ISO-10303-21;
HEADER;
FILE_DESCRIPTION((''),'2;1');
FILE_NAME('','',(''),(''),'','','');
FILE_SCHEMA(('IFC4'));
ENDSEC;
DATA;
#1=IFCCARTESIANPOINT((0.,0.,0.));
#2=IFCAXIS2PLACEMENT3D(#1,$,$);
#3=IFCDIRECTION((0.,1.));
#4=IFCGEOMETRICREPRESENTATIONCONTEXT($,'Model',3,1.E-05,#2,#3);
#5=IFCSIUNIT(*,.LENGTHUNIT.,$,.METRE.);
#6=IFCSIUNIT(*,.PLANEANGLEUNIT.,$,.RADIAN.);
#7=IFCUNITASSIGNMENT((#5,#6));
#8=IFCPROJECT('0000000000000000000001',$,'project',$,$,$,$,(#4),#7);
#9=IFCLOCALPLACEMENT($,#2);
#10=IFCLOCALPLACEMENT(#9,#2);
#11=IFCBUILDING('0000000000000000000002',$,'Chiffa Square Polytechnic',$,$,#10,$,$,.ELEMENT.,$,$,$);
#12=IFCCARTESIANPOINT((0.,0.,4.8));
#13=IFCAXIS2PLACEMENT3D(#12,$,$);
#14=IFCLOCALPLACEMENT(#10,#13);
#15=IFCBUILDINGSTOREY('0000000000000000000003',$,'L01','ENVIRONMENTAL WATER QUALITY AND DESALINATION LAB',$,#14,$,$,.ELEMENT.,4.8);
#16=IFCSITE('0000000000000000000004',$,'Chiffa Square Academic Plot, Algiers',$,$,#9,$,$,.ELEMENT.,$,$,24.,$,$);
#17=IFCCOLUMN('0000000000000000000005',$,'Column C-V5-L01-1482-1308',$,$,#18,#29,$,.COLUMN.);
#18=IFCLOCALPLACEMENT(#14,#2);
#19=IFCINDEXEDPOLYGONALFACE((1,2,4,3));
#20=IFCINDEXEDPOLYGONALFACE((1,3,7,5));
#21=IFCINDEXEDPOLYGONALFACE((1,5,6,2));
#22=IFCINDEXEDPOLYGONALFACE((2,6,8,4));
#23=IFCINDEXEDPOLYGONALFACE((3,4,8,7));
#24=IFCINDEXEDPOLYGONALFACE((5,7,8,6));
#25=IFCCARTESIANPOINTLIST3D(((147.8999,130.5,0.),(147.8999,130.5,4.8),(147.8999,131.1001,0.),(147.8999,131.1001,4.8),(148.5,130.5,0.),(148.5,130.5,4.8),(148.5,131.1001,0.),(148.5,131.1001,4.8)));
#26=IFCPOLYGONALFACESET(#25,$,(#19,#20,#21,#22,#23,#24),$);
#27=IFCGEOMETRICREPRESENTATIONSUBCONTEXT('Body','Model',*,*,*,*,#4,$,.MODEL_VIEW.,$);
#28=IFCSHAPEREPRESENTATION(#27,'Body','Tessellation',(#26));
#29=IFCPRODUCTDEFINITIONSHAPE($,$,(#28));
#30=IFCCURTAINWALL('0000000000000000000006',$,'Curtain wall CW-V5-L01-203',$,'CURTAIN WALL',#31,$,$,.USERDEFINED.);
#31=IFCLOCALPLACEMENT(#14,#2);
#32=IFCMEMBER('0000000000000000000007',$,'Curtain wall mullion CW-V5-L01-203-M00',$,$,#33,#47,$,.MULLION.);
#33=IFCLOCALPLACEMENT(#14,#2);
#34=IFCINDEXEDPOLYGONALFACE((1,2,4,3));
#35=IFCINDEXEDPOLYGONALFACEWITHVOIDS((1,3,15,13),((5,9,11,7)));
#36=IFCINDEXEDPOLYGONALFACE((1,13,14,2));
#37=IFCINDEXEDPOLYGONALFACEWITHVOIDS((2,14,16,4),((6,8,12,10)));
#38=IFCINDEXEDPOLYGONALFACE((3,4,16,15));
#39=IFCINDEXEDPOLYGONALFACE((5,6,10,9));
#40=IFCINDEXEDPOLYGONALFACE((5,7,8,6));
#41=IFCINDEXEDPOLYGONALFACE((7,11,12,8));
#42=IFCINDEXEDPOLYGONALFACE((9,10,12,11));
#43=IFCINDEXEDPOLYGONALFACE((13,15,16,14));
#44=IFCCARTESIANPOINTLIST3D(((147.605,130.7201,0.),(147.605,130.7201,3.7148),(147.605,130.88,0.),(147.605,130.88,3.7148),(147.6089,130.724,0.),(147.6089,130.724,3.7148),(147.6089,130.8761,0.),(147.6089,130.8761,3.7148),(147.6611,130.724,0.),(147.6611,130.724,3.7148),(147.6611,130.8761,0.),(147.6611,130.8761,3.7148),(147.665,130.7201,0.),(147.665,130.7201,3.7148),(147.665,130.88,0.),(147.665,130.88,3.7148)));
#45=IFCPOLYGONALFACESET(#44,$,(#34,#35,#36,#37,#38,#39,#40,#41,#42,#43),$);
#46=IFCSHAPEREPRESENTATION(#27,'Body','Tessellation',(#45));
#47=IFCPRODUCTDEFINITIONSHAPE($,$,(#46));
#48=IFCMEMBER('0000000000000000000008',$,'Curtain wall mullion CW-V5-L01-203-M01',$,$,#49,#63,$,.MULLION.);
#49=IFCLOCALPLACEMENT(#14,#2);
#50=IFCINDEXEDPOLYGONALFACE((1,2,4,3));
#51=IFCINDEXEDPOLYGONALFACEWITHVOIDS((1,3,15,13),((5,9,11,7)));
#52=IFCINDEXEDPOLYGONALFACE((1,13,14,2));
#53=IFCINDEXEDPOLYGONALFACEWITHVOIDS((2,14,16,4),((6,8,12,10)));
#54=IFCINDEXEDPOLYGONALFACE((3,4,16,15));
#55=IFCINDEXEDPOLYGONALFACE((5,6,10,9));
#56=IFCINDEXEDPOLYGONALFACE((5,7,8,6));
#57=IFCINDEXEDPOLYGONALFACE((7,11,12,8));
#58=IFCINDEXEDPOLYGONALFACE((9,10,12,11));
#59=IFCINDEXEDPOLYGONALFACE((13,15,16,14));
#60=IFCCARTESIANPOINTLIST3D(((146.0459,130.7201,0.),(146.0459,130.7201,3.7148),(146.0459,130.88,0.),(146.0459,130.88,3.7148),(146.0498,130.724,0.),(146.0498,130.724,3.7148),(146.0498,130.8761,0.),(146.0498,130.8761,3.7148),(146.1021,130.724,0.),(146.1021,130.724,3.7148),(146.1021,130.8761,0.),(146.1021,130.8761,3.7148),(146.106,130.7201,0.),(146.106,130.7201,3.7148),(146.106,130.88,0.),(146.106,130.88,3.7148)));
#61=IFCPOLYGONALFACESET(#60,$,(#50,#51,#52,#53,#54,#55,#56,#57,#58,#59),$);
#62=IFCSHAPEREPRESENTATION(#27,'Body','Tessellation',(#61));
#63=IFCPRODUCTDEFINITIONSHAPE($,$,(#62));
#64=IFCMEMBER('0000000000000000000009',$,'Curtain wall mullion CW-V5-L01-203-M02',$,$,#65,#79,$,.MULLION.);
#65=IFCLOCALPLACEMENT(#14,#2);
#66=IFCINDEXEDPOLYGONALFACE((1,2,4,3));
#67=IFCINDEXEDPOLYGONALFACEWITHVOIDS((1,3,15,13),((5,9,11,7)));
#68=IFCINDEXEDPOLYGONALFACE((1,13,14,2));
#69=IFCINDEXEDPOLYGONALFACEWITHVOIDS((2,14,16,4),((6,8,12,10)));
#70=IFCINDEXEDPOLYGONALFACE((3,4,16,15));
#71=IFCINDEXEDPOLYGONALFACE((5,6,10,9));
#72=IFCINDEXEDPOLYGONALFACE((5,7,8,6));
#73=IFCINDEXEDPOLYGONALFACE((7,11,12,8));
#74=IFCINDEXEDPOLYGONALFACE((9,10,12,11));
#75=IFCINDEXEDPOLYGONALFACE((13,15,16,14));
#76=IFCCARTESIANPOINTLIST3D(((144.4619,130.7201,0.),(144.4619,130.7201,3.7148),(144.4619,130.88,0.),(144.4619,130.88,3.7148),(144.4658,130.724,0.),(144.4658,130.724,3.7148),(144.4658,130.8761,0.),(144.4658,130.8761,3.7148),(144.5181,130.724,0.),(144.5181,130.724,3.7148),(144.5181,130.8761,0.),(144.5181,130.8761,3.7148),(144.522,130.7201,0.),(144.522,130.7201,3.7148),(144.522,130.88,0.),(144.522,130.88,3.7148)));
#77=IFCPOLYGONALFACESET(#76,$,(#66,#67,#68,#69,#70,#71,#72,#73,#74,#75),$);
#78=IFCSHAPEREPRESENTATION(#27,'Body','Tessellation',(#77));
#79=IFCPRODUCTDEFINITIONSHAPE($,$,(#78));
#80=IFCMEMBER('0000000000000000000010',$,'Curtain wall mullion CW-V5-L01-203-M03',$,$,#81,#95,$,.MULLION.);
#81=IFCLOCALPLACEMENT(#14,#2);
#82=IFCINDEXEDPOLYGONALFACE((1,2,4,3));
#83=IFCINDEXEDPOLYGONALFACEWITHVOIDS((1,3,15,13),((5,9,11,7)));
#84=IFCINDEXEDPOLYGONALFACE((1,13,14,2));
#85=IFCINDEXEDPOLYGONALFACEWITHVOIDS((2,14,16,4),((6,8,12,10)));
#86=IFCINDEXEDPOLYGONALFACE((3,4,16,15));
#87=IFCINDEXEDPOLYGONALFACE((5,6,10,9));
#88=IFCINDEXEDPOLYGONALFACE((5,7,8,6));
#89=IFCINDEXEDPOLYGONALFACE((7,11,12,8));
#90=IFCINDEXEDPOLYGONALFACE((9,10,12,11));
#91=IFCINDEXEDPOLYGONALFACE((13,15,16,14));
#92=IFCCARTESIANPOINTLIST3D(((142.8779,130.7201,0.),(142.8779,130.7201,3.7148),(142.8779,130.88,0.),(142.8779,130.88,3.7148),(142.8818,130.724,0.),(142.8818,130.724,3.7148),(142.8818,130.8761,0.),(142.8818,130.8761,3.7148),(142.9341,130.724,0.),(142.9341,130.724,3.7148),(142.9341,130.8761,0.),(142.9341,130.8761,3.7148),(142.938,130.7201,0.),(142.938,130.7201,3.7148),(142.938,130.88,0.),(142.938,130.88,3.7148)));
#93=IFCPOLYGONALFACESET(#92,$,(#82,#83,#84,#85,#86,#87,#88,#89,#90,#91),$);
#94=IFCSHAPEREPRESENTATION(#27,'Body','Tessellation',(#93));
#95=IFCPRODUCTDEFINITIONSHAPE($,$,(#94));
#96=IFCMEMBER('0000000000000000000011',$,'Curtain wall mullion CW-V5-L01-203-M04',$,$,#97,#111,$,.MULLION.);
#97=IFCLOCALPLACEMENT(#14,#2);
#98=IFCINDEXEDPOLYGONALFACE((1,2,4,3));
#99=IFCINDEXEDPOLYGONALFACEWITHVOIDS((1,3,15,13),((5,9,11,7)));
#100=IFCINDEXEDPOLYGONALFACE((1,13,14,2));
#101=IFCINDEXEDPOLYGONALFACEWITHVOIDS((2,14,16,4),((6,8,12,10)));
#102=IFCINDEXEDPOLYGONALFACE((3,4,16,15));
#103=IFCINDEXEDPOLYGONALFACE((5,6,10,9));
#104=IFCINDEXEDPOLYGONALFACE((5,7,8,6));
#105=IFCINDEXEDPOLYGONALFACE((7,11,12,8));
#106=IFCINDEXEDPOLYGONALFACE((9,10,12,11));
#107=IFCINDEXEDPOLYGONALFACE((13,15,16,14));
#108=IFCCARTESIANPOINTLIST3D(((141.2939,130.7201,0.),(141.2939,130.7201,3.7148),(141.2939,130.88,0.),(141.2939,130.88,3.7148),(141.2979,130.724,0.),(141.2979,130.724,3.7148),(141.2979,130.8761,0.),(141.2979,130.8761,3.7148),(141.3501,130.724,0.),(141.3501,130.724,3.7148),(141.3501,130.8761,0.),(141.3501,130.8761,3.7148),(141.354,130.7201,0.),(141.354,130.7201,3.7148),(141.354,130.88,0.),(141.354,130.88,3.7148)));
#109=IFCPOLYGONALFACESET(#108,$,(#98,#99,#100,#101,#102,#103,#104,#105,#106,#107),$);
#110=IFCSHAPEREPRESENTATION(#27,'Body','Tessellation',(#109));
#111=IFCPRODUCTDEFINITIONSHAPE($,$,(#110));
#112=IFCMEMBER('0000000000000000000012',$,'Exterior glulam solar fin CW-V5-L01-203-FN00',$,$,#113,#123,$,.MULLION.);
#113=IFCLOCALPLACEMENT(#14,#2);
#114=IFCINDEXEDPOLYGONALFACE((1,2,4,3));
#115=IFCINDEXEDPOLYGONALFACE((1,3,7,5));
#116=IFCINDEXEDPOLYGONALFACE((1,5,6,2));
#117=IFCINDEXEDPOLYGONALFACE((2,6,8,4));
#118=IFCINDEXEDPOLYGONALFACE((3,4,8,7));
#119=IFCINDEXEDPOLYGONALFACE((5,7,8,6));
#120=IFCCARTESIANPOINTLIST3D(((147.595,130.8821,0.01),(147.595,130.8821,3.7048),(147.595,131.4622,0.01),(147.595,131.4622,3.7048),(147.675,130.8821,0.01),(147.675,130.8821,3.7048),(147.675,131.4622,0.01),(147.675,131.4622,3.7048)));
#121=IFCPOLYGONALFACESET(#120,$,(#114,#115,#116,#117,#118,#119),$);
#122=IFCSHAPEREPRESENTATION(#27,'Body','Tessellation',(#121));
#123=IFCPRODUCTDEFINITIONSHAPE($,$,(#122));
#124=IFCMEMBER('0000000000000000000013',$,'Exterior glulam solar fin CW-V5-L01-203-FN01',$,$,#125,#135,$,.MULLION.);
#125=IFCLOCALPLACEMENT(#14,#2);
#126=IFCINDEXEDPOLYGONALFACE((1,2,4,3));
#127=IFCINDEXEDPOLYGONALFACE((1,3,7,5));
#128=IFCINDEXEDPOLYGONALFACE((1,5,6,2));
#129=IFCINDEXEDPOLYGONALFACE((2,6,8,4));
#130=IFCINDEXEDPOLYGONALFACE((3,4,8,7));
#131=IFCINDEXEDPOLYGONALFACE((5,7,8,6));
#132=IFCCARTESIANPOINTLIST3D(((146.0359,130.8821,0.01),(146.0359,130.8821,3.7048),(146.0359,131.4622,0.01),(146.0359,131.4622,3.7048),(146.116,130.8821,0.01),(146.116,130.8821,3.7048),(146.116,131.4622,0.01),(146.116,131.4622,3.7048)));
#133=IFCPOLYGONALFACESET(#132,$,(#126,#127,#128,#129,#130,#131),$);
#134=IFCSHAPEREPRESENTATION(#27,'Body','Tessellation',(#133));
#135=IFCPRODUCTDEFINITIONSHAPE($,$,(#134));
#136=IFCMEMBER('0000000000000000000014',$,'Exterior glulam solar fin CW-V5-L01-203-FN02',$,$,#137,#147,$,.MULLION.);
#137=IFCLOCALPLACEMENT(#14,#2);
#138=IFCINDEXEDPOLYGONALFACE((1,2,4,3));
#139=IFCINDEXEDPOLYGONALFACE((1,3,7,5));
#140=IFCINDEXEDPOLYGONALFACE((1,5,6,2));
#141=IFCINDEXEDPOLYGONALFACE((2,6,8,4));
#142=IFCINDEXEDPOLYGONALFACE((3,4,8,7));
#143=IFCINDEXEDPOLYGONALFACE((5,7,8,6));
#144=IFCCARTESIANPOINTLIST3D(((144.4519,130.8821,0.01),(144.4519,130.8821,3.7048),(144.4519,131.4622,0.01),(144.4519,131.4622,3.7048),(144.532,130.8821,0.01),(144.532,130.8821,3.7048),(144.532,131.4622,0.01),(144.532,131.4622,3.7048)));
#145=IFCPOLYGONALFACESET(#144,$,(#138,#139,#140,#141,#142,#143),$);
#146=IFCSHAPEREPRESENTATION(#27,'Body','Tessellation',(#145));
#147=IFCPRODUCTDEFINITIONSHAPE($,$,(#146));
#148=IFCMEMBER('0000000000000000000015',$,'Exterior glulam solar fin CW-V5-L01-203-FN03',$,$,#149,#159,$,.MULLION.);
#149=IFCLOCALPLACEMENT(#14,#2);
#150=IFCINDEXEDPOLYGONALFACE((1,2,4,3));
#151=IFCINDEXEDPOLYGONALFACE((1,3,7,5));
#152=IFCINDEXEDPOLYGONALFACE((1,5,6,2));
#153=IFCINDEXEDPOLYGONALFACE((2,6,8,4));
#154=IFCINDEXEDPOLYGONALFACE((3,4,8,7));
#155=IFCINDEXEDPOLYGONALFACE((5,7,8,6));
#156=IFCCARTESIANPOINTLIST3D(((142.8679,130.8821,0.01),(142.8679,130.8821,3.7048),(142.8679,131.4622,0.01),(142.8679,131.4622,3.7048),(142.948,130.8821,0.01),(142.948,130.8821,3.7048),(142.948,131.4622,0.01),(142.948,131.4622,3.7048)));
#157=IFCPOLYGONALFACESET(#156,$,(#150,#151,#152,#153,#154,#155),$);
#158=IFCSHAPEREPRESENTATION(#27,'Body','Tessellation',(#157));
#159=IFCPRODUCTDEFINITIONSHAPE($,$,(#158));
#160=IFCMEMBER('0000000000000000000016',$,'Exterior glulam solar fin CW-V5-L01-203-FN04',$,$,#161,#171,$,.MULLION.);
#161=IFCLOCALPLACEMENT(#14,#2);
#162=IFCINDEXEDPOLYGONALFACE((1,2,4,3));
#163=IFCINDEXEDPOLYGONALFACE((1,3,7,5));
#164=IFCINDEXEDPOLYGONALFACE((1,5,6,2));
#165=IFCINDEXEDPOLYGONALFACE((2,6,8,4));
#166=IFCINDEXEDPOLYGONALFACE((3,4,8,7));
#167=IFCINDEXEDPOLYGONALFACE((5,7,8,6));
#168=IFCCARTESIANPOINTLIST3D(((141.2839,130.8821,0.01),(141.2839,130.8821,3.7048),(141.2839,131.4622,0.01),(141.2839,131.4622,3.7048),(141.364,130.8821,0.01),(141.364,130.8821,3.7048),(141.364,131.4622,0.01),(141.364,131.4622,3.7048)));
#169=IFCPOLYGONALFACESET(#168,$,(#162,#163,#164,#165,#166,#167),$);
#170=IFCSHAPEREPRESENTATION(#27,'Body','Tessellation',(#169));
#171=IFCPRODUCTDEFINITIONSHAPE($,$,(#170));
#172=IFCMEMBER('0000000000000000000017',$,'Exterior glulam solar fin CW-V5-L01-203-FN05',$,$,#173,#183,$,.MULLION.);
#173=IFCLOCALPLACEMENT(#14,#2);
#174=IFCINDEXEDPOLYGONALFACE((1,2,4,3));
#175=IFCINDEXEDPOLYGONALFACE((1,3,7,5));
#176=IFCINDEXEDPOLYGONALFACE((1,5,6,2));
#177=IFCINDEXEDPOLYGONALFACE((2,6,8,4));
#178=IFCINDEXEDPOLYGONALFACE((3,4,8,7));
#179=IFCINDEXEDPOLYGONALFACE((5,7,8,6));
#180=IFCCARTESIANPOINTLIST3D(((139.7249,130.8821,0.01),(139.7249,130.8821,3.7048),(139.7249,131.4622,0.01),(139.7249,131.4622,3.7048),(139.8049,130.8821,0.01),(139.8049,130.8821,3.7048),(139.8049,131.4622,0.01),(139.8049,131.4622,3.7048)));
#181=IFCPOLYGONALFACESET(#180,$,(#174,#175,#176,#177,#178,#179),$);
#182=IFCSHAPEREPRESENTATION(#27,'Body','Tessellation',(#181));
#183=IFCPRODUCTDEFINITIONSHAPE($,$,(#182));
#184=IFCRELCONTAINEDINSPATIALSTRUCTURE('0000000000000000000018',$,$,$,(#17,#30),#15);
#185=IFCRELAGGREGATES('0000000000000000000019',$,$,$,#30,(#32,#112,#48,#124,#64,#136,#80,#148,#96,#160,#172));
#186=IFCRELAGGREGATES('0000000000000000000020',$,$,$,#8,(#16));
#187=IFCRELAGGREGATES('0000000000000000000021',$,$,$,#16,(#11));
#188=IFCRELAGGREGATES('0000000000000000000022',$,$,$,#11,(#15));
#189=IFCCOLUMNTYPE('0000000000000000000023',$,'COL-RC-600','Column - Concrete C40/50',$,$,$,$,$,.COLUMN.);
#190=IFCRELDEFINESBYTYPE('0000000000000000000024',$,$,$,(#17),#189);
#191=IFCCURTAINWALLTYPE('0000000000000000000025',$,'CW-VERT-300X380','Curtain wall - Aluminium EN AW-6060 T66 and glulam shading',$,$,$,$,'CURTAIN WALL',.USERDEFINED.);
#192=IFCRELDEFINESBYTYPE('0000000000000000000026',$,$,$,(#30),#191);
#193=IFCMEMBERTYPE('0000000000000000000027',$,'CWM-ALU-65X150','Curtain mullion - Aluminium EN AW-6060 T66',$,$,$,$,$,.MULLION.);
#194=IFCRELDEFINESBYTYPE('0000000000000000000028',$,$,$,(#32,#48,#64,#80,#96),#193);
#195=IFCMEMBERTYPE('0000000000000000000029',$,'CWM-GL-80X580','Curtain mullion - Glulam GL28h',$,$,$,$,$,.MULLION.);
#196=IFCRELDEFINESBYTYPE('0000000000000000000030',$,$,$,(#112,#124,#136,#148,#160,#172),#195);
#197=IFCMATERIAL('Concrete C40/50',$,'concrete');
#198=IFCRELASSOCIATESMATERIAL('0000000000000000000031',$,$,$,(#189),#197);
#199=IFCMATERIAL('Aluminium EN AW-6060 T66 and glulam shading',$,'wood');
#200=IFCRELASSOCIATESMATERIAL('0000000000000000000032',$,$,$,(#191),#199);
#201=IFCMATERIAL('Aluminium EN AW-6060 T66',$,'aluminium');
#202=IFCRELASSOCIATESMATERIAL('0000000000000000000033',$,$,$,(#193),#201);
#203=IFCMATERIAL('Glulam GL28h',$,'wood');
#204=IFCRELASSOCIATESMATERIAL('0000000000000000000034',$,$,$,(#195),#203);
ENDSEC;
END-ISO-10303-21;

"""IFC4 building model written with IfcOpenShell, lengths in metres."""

from ifc_helpers import new_model, si_unit, direction, frame, origin, origin_2d, place, context, subcontext, project, spatial, rectangle, hollow_rectangle, extrude, material, material_profile, profile_set, type_object, element, aggregate, save


model = new_model("IFC4")

# Units and contexts
model_context = context("Model", 3, precision=1e-05, world=origin(), true_north=direction((0.0, 1.0)))
body_context = subcontext(model_context, "Body", "Model", "MODEL_VIEW")
ifc_project = project(units=[si_unit("LENGTHUNIT", "METRE"), si_unit("PLANEANGLEUNIT", "RADIAN")], contexts=[model_context])

# Site, building, storey
site_placement = place(None, origin())
site = spatial("IfcSite", under=ifc_project, at=site_placement, Name="Chiffa Square Academic Plot, Algiers", CompositionType="ELEMENT", RefElevation=24.0)
building_placement = place(site_placement, origin())
building = spatial("IfcBuilding", under=site, at=building_placement, Name="Chiffa Square Polytechnic", CompositionType="ELEMENT")
storey_placement = place(building_placement, frame((0.0, 0.0, 4.8)))
storey = spatial("IfcBuildingStorey", under=building, at=storey_placement, Name="L01", Description="ENVIRONMENTAL WATER QUALITY AND DESALINATION LAB", CompositionType="ELEMENT", Elevation=4.8)

# Column
ifc_material_1 = material(Name="Concrete C40/50", Category="concrete")
ifc_material_profile_1 = material_profile(ifc_material_1, rectangle(XDim=0.6001, YDim=0.6001, at=origin_2d()), Name="RC 600x600")
ifc_profile_set_1 = profile_set([ifc_material_profile_1], Name="Concrete C40/50")
column_type = type_object("IfcColumnType", Name="COL-RC-600", Description="Column - Concrete C40/50", PredefinedType="COLUMN", material=ifc_profile_set_1)
column_placement = place(storey_placement, frame((148.2, 130.8, 0.0), z_axis=(0.0, 0.0, 1.0), x_axis=(1.0, 0.0, 0.0)))
element("IfcColumn", 1, at=column_placement, inside=storey, type_object=column_type, Name="Column C-V5-L01-1482-1308", PredefinedType="COLUMN", context=body_context, shape_type="SweptSolid", body=[
    extrude(rectangle(XDim=0.6001, YDim=0.6001, at=origin_2d()), origin(), (0.0, 0.0, 1.0), 4.8),
])

# Curtain wall, members
ifc_material_2 = material(Name="Aluminium EN AW-6060 T66 and glulam shading", Category="wood")
curtain_wall_type = type_object("IfcCurtainWallType", Name="CW-VERT-300X380", Description="Curtain wall - Aluminium EN AW-6060 T66 and glulam shading", ElementType="CURTAIN WALL", PredefinedType="USERDEFINED", material=ifc_material_2)
curtain_wall_placement = place(storey_placement, origin())
curtain_wall = element("IfcCurtainWall", 2, at=curtain_wall_placement, inside=storey, type_object=curtain_wall_type, Name="Curtain wall CW-V5-L01-203", ObjectType="CURTAIN WALL", PredefinedType="USERDEFINED")
ifc_material_3 = material(Name="Aluminium EN AW-6060 T66", Category="aluminium")
ifc_material_profile_2 = material_profile(ifc_material_3, hollow_rectangle(XDim=0.0601, YDim=0.1599, WallThickness=0.0039, at=origin_2d()), Name="ALU 60x160x4")
ifc_profile_set_2 = profile_set([ifc_material_profile_2], Name="Aluminium EN AW-6060 T66")
member_type_1 = type_object("IfcMemberType", Name="CWM-ALU-65X150", Description="Curtain mullion - Aluminium EN AW-6060 T66", PredefinedType="MULLION", material=ifc_profile_set_2)
member_1_placement = place(storey_placement, frame((147.635, 130.8, 0.0), z_axis=(0.0, 0.0, 1.0), x_axis=(1.0, 0.0, 0.0)))
member_1 = element("IfcMember", 3, at=member_1_placement, type_object=member_type_1, Name="Curtain wall mullion CW-V5-L01-203-M00", PredefinedType="MULLION", context=body_context, shape_type="SweptSolid", body=[
    extrude(hollow_rectangle(XDim=0.0601, YDim=0.1599, WallThickness=0.0039, at=origin_2d()), origin(), (0.0, 0.0, 1.0), 3.7148),
])
member_2_placement = place(storey_placement, frame((146.0759, 130.8, 0.0), z_axis=(0.0, 0.0, 1.0), x_axis=(1.0, 0.0, 0.0)))
member_2 = element("IfcMember", 4, at=member_2_placement, type_object=member_type_1, Name="Curtain wall mullion CW-V5-L01-203-M01", PredefinedType="MULLION", context=body_context, shape_type="SweptSolid", body=[
    extrude(hollow_rectangle(XDim=0.0601, YDim=0.1599, WallThickness=0.0039, at=origin_2d()), origin(), (0.0, 0.0, 1.0), 3.7148),
])
member_3_placement = place(storey_placement, frame((144.4919, 130.8, 0.0), z_axis=(0.0, 0.0, 1.0), x_axis=(1.0, 0.0, 0.0)))
member_3 = element("IfcMember", 5, at=member_3_placement, type_object=member_type_1, Name="Curtain wall mullion CW-V5-L01-203-M02", PredefinedType="MULLION", context=body_context, shape_type="SweptSolid", body=[
    extrude(hollow_rectangle(XDim=0.0601, YDim=0.1599, WallThickness=0.0039, at=origin_2d()), origin(), (0.0, 0.0, 1.0), 3.7148),
])
member_4_placement = place(storey_placement, frame((142.908, 130.8, 0.0), z_axis=(0.0, 0.0, 1.0), x_axis=(1.0, 0.0, 0.0)))
member_4 = element("IfcMember", 6, at=member_4_placement, type_object=member_type_1, Name="Curtain wall mullion CW-V5-L01-203-M03", PredefinedType="MULLION", context=body_context, shape_type="SweptSolid", body=[
    extrude(hollow_rectangle(XDim=0.0601, YDim=0.1599, WallThickness=0.0039, at=origin_2d()), origin(), (0.0, 0.0, 1.0), 3.7148),
])
member_5_placement = place(storey_placement, frame((141.324, 130.8, 0.0), z_axis=(0.0, 0.0, 1.0), x_axis=(1.0, 0.0, 0.0)))
member_5 = element("IfcMember", 7, at=member_5_placement, type_object=member_type_1, Name="Curtain wall mullion CW-V5-L01-203-M04", PredefinedType="MULLION", context=body_context, shape_type="SweptSolid", body=[
    extrude(hollow_rectangle(XDim=0.0601, YDim=0.1599, WallThickness=0.0039, at=origin_2d()), origin(), (0.0, 0.0, 1.0), 3.7148),
])
ifc_material_4 = material(Name="Glulam GL28h", Category="wood")
ifc_material_profile_3 = material_profile(ifc_material_4, rectangle(XDim=0.0801, YDim=0.5801, at=origin_2d()), Name="GL28h 80x580")
ifc_profile_set_3 = profile_set([ifc_material_profile_3], Name="Glulam GL28h")
member_type_2 = type_object("IfcMemberType", Name="CWM-GL-80X580", Description="Curtain mullion - Glulam GL28h", PredefinedType="MULLION", material=ifc_profile_set_3)
member_6_placement = place(storey_placement, frame((147.635, 131.1721, 0.01), z_axis=(0.0, 0.0, 1.0), x_axis=(-1.0, 0.0, 0.0)))
member_6 = element("IfcMember", 8, at=member_6_placement, type_object=member_type_2, Name="Exterior glulam solar fin CW-V5-L01-203-FN00", PredefinedType="MULLION", context=body_context, shape_type="SweptSolid", body=[
    extrude(rectangle(XDim=0.0801, YDim=0.5801, at=origin_2d()), origin(), (0.0, 0.0, 1.0), 3.6948),
])
member_7_placement = place(storey_placement, frame((146.0759, 131.1721, 0.01), z_axis=(0.0, 0.0, 1.0), x_axis=(-1.0, 0.0, 0.0)))
member_7 = element("IfcMember", 9, at=member_7_placement, type_object=member_type_2, Name="Exterior glulam solar fin CW-V5-L01-203-FN01", PredefinedType="MULLION", context=body_context, shape_type="SweptSolid", body=[
    extrude(rectangle(XDim=0.0801, YDim=0.5801, at=origin_2d()), origin(), (0.0, 0.0, 1.0), 3.6948),
])
member_8_placement = place(storey_placement, frame((144.4919, 131.1721, 0.01), z_axis=(0.0, 0.0, 1.0), x_axis=(-1.0, 0.0, 0.0)))
member_8 = element("IfcMember", 10, at=member_8_placement, type_object=member_type_2, Name="Exterior glulam solar fin CW-V5-L01-203-FN02", PredefinedType="MULLION", context=body_context, shape_type="SweptSolid", body=[
    extrude(rectangle(XDim=0.0801, YDim=0.5801, at=origin_2d()), origin(), (0.0, 0.0, 1.0), 3.6948),
])
member_9_placement = place(storey_placement, frame((142.908, 131.1721, 0.01), z_axis=(0.0, 0.0, 1.0), x_axis=(-1.0, 0.0, 0.0)))
member_9 = element("IfcMember", 11, at=member_9_placement, type_object=member_type_2, Name="Exterior glulam solar fin CW-V5-L01-203-FN03", PredefinedType="MULLION", context=body_context, shape_type="SweptSolid", body=[
    extrude(rectangle(XDim=0.0801, YDim=0.5801, at=origin_2d()), origin(), (0.0, 0.0, 1.0), 3.6948),
])
member_10_placement = place(storey_placement, frame((141.324, 131.1721, 0.01), z_axis=(0.0, 0.0, 1.0), x_axis=(-1.0, 0.0, 0.0)))
member_10 = element("IfcMember", 12, at=member_10_placement, type_object=member_type_2, Name="Exterior glulam solar fin CW-V5-L01-203-FN04", PredefinedType="MULLION", context=body_context, shape_type="SweptSolid", body=[
    extrude(rectangle(XDim=0.0801, YDim=0.5801, at=origin_2d()), origin(), (0.0, 0.0, 1.0), 3.6948),
])
member_11_placement = place(storey_placement, frame((139.7649, 131.1721, 0.01), z_axis=(0.0, 0.0, 1.0), x_axis=(-1.0, 0.0, 0.0)))
member_11 = element("IfcMember", 13, at=member_11_placement, type_object=member_type_2, Name="Exterior glulam solar fin CW-V5-L01-203-FN05", PredefinedType="MULLION", context=body_context, shape_type="SweptSolid", body=[
    extrude(rectangle(XDim=0.0801, YDim=0.5801, at=origin_2d()), origin(), (0.0, 0.0, 1.0), 3.6948),
])
aggregate(curtain_wall, [member_1, member_6, member_2, member_7, member_3, member_8, member_4, member_9, member_5, member_10, member_11])

save(model, "model.ifc")
